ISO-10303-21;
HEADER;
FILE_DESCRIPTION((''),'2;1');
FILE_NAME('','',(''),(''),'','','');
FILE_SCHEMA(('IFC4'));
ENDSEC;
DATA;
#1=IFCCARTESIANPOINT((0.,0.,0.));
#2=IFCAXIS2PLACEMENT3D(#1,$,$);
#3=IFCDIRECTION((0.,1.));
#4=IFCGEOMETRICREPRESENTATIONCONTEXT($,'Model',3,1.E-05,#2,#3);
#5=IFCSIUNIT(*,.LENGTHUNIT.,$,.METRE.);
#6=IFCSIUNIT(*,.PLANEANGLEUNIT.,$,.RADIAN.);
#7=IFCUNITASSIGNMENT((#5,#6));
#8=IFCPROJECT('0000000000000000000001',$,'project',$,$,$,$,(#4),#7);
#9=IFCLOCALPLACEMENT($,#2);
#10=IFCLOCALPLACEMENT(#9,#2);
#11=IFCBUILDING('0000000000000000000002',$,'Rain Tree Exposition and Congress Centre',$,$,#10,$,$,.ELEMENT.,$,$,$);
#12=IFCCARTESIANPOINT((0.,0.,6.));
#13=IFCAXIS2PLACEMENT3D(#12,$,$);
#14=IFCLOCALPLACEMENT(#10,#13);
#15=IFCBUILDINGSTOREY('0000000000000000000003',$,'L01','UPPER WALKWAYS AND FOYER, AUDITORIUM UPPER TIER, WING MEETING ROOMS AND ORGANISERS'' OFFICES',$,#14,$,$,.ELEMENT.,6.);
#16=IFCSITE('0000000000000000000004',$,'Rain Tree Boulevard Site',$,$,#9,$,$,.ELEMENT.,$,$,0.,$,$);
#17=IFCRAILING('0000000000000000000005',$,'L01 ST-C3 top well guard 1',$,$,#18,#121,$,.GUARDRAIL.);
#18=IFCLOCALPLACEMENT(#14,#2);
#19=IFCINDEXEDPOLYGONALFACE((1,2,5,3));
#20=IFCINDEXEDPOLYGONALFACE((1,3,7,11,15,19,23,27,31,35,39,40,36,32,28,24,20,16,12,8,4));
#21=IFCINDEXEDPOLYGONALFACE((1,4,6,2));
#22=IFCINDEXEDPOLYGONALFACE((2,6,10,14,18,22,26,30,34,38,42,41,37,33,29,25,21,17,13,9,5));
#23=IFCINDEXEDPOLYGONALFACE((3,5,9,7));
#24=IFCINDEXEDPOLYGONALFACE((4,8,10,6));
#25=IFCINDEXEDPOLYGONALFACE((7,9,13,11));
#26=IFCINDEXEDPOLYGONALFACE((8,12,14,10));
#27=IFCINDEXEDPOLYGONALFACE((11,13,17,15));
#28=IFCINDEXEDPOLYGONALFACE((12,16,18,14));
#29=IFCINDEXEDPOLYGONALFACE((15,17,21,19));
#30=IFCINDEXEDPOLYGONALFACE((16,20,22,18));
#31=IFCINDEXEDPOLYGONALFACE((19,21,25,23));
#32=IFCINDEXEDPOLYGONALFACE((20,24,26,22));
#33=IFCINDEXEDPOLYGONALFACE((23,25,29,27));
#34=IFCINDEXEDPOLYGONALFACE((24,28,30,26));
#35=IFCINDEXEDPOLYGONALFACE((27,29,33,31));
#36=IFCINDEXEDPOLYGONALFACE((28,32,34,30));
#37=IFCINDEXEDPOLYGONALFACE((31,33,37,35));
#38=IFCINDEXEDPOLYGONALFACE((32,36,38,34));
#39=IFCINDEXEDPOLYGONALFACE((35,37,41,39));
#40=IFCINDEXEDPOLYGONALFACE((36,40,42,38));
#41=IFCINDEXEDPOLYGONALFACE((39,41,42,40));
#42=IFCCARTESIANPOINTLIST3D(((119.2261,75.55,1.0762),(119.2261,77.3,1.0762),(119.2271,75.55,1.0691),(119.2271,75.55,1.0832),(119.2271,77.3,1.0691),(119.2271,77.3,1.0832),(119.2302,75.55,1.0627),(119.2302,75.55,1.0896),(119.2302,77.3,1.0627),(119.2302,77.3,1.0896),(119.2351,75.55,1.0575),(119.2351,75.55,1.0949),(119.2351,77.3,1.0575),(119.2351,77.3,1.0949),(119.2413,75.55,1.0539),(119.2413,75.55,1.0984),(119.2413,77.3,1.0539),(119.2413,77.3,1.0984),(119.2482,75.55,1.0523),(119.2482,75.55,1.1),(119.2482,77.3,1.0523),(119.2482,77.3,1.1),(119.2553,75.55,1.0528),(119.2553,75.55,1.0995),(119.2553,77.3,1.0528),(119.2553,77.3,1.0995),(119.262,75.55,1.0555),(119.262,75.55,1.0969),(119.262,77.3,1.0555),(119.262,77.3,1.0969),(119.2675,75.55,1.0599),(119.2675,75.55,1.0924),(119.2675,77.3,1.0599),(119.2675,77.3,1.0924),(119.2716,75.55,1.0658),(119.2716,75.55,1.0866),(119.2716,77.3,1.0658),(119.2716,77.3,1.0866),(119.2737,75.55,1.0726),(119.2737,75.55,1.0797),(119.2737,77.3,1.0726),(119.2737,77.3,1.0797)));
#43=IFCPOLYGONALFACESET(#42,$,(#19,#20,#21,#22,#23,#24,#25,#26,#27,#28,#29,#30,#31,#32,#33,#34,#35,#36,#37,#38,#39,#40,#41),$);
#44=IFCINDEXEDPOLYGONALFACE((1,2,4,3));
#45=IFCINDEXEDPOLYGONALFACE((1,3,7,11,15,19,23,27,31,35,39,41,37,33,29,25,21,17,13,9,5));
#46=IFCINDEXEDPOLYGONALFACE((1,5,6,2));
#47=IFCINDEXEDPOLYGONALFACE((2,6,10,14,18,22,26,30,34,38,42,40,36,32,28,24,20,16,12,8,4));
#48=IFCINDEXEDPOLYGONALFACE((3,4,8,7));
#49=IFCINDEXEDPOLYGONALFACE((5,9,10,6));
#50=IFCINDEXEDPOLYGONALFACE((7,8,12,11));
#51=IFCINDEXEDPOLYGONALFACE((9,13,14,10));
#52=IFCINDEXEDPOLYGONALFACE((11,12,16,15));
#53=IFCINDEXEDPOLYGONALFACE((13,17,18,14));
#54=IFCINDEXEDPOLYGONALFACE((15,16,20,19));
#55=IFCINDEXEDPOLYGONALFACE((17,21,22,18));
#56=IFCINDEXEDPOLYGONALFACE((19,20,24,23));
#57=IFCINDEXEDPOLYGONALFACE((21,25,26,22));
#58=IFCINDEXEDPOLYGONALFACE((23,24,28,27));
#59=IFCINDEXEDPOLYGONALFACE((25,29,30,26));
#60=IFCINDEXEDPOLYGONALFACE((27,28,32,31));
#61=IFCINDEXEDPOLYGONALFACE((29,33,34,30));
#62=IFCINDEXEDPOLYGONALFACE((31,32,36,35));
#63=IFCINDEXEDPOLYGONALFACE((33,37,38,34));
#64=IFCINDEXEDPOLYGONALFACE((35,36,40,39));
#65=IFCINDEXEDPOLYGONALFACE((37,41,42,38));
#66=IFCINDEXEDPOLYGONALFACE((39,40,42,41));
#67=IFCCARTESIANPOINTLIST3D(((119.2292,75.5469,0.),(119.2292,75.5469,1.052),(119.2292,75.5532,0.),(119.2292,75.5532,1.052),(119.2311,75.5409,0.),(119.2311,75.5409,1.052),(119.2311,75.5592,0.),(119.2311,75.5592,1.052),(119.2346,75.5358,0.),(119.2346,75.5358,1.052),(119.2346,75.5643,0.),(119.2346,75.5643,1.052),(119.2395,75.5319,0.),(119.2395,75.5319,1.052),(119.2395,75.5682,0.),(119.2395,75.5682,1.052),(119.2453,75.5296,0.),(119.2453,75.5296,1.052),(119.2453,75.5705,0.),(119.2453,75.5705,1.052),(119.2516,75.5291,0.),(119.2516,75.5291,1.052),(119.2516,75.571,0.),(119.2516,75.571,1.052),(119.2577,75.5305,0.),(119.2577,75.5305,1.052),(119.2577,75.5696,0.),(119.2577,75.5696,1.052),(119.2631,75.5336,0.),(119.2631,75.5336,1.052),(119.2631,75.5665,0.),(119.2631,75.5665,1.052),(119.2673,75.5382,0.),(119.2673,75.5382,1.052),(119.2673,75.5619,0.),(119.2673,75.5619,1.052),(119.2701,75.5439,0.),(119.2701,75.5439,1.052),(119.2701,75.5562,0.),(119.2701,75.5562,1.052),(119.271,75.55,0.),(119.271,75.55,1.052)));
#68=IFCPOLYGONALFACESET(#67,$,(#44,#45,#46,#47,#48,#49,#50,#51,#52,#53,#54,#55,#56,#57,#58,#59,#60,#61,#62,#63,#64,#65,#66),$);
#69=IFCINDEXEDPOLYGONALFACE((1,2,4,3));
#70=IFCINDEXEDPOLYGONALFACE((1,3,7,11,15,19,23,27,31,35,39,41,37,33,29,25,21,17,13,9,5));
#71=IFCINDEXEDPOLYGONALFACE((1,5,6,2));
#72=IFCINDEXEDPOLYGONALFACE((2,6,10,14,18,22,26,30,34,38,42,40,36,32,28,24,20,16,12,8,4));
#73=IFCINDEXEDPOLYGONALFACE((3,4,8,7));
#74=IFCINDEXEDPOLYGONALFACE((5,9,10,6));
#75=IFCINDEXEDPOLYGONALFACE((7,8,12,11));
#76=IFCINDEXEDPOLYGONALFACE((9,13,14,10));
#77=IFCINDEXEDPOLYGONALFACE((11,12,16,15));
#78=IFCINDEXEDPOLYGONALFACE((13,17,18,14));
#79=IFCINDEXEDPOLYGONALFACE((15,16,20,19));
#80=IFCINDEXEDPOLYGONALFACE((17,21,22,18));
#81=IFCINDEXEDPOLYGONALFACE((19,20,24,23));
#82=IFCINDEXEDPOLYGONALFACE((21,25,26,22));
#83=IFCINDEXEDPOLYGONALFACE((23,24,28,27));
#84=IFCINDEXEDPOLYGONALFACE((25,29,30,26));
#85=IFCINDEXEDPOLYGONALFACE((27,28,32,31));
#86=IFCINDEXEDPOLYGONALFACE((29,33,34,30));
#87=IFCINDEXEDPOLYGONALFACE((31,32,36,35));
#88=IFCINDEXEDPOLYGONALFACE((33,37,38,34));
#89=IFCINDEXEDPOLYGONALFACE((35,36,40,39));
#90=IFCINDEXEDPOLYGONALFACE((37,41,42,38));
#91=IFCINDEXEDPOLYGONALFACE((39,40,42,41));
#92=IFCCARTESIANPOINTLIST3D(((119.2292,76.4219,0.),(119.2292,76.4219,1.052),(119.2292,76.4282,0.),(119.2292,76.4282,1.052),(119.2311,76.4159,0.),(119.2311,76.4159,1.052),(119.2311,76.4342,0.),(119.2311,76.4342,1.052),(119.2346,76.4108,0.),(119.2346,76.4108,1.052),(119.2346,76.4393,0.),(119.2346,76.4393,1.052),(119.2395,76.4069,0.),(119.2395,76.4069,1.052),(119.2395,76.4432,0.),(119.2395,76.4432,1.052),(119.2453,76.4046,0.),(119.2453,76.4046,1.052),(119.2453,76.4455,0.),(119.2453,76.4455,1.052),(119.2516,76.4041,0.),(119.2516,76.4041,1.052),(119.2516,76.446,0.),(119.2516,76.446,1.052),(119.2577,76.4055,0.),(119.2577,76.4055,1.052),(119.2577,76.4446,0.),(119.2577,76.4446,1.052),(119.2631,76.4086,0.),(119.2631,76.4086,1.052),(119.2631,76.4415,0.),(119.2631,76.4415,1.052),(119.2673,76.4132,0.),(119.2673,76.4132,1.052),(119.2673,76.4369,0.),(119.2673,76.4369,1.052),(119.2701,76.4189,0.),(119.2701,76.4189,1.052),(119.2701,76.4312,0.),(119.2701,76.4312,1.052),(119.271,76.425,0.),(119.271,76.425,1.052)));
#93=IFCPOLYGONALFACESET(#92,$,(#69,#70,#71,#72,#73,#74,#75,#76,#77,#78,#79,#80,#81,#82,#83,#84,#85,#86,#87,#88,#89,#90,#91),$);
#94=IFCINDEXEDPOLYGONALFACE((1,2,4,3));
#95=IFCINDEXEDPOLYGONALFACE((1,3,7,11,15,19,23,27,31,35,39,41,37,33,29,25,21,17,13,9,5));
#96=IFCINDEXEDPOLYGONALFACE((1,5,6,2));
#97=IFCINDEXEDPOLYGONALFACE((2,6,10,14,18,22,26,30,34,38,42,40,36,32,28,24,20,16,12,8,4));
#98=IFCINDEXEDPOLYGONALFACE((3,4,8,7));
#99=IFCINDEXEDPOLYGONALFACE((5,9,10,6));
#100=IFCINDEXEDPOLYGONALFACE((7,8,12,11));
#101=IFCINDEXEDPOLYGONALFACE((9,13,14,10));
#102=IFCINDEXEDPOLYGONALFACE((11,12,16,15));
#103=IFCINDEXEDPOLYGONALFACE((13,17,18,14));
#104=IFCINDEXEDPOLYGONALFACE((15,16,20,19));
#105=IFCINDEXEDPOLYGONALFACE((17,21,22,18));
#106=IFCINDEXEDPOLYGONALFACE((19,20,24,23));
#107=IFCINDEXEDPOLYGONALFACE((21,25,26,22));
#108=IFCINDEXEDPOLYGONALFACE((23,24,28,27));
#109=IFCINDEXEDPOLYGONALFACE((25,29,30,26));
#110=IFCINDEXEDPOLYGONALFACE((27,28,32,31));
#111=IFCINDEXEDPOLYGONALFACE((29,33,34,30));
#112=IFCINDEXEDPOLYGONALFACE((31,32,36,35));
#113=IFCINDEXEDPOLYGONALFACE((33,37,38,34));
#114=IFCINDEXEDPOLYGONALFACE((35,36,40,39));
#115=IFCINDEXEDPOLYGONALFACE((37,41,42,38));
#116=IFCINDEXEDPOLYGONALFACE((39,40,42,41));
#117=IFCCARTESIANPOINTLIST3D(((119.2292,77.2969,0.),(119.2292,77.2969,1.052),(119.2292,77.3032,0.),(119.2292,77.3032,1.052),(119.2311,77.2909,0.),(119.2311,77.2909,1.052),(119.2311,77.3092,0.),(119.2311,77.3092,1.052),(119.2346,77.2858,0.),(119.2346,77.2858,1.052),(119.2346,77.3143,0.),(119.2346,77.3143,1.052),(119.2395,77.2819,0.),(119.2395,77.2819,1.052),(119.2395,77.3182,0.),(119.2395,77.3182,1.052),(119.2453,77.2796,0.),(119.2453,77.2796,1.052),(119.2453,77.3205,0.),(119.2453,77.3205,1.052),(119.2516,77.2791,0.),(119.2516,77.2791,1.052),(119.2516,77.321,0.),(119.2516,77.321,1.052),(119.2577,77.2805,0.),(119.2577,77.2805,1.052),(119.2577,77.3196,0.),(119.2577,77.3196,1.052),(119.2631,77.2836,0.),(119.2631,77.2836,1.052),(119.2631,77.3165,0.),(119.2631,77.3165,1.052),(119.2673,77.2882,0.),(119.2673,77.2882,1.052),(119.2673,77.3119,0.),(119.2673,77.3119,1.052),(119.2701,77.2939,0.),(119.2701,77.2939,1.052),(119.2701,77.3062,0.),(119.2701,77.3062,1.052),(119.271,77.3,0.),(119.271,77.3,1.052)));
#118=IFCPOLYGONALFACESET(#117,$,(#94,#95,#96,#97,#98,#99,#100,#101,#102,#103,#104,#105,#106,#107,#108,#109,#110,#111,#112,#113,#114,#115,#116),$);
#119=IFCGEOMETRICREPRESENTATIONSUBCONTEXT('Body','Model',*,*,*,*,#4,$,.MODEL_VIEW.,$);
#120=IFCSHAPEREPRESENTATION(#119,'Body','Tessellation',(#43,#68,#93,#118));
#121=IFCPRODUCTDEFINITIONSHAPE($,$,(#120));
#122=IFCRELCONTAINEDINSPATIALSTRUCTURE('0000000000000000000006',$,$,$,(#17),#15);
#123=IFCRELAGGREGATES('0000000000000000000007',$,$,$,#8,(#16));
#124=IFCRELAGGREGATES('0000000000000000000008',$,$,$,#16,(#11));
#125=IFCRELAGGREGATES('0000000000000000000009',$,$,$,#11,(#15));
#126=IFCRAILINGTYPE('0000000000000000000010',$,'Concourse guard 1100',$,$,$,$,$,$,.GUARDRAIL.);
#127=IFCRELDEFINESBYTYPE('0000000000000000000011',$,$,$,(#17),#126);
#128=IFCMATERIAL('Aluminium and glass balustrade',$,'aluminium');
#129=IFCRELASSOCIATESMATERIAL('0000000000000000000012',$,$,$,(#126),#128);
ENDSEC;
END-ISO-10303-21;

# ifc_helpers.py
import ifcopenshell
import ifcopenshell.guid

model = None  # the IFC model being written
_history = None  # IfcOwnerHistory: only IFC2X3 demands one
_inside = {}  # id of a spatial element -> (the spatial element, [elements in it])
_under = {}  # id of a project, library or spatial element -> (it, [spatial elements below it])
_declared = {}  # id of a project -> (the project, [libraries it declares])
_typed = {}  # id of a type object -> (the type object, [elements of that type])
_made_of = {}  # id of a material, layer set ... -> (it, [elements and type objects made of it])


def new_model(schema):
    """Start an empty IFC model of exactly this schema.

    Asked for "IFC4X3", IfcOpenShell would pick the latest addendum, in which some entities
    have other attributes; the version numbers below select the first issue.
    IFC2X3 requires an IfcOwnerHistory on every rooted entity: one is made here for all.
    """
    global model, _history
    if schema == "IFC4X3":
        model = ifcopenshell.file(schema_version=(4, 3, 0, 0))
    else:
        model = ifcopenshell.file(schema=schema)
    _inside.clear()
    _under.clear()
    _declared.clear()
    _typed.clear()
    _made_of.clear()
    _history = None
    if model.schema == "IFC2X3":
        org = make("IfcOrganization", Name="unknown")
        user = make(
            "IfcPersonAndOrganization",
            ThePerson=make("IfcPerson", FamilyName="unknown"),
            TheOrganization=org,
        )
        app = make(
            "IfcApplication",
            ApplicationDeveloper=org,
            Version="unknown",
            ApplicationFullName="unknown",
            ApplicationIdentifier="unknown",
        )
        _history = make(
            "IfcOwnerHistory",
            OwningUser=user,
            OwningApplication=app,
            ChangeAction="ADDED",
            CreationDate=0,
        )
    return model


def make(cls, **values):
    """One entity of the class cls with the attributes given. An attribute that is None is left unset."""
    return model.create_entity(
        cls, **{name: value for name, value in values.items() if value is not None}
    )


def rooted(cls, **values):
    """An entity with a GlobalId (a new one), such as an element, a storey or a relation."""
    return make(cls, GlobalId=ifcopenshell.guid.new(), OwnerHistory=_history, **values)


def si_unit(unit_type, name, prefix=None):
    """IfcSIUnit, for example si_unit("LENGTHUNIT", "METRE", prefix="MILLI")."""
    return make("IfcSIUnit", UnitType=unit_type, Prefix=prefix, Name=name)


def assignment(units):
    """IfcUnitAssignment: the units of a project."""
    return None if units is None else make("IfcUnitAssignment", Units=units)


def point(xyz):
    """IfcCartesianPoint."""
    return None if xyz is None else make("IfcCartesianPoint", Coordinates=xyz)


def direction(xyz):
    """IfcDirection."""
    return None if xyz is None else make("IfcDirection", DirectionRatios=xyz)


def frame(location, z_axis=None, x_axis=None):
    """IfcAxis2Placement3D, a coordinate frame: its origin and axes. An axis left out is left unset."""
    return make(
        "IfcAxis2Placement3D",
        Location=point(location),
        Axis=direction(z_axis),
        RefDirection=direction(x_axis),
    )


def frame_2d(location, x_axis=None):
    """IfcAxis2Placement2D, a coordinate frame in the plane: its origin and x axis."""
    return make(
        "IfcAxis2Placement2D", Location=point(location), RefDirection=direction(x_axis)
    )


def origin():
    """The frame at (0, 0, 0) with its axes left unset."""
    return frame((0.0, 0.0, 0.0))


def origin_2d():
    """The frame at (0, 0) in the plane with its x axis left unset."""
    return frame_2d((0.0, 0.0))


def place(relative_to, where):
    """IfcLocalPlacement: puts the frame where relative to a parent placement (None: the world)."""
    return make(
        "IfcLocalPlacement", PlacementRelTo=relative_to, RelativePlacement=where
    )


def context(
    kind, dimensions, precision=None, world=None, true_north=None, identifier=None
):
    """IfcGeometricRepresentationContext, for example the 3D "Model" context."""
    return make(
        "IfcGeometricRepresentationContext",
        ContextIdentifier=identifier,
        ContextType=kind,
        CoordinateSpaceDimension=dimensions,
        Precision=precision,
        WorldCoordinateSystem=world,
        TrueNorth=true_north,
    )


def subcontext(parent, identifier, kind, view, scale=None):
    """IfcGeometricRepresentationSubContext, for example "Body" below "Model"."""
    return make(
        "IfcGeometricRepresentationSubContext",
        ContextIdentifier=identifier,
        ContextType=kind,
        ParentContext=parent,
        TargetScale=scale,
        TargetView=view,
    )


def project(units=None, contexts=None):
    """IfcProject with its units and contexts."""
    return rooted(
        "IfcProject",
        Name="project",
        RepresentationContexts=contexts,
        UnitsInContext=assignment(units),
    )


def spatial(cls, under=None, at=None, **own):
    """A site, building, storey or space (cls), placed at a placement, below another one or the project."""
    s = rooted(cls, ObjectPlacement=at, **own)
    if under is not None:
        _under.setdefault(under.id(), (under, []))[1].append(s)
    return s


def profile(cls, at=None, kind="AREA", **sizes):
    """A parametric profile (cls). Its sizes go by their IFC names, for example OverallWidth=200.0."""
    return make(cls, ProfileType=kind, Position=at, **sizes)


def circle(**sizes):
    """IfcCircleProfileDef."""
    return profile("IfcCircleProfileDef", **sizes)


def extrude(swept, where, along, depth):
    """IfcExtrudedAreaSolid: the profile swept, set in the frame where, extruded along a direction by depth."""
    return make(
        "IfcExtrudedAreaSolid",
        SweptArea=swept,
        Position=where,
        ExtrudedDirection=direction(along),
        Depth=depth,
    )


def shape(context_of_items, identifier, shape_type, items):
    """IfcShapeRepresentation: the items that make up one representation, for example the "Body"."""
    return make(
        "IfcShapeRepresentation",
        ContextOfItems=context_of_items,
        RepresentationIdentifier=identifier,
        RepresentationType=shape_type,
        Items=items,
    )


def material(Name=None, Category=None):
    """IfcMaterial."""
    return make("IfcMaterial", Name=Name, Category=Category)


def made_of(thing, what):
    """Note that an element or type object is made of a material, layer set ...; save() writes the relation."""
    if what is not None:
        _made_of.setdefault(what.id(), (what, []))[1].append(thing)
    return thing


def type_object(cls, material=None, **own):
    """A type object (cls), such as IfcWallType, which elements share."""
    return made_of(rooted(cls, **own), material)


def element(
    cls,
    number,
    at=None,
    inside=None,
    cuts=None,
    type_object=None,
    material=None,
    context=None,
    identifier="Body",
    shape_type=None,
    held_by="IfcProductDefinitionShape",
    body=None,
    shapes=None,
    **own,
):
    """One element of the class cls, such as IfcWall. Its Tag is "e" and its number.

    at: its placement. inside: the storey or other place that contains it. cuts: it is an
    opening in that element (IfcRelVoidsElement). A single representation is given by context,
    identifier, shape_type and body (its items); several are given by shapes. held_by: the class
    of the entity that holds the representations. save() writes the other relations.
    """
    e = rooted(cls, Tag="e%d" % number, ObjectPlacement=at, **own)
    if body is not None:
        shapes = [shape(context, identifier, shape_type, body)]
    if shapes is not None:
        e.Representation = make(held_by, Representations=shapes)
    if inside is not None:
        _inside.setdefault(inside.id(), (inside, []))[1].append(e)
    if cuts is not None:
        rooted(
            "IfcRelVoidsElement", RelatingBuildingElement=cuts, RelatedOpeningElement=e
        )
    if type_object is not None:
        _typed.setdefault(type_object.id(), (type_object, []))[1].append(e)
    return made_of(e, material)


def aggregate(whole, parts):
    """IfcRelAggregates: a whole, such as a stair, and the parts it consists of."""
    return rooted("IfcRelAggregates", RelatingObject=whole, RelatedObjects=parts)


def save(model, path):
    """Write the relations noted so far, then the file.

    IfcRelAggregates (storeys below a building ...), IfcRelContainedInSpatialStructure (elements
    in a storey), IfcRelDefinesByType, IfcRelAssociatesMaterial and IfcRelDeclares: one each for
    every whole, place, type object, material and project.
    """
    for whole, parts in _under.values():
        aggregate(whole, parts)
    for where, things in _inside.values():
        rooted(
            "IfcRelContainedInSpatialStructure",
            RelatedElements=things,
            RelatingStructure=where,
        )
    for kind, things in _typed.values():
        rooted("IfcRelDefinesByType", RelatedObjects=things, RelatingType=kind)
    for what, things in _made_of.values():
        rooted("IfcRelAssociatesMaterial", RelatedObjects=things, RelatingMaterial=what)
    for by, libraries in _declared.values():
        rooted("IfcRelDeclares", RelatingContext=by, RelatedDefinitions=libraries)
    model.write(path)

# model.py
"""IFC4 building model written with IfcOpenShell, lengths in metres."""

from ifc_helpers import new_model, si_unit, direction, frame, origin, origin_2d, place, context, subcontext, project, spatial, circle, extrude, material, type_object, element, save


model = new_model("IFC4")

# Units and contexts
model_context = context("Model", 3, precision=1e-05, world=origin(), true_north=direction((0.0, 1.0)))
body_context = subcontext(model_context, "Body", "Model", "MODEL_VIEW")
ifc_project = project(units=[si_unit("LENGTHUNIT", "METRE"), si_unit("PLANEANGLEUNIT", "RADIAN")], contexts=[model_context])

# Site, building, storey
site_placement = place(None, origin())
site = spatial("IfcSite", under=ifc_project, at=site_placement, Name="Rain Tree Boulevard Site", CompositionType="ELEMENT", RefElevation=0.0)
building_placement = place(site_placement, origin())
building = spatial("IfcBuilding", under=site, at=building_placement, Name="Rain Tree Exposition and Congress Centre", CompositionType="ELEMENT")
storey_placement = place(building_placement, frame((0.0, 0.0, 6.0)))
storey = spatial("IfcBuildingStorey", under=building, at=storey_placement, Name="L01", Description="UPPER WALKWAYS AND FOYER, AUDITORIUM UPPER TIER, WING MEETING ROOMS AND ORGANISERS' OFFICES", CompositionType="ELEMENT", Elevation=6.0)

# Railing
ifc_material_1 = material(Name="Aluminium and glass balustrade", Category="aluminium")
railing_type = type_object("IfcRailingType", Name="Concourse guard 1100", PredefinedType="GUARDRAIL", material=ifc_material_1)
railing_1_placement = place(storey_placement, frame((119.25, 75.55, 0.0)))
element("IfcRailing", 1, at=railing_1_placement, inside=storey, type_object=railing_type, Name="L01 ST-C3 top well guard 1", PredefinedType="GUARDRAIL", context=body_context, shape_type="SweptSolid", body=[
    extrude(circle(Radius=0.0239, at=origin_2d()), frame((0.0, 0.0, 1.0762), z_axis=(0.0, 1.0, 0.0), x_axis=(-1.0, 0.0, 0.0)), (0.0, 0.0, 1.0), 1.75),
    extrude(circle(Radius=0.021, at=origin_2d()), origin(), (0.0, 0.0, 1.0), 1.052),
    extrude(circle(Radius=0.021, at=origin_2d()), frame((0.0, 0.875, 0.0)), (0.0, 0.0, 1.0), 1.052),
    extrude(circle(Radius=0.021, at=origin_2d()), frame((0.0, 1.75, 0.0)), (0.0, 0.0, 1.0), 1.052),
])

save(model, "model.ifc")
